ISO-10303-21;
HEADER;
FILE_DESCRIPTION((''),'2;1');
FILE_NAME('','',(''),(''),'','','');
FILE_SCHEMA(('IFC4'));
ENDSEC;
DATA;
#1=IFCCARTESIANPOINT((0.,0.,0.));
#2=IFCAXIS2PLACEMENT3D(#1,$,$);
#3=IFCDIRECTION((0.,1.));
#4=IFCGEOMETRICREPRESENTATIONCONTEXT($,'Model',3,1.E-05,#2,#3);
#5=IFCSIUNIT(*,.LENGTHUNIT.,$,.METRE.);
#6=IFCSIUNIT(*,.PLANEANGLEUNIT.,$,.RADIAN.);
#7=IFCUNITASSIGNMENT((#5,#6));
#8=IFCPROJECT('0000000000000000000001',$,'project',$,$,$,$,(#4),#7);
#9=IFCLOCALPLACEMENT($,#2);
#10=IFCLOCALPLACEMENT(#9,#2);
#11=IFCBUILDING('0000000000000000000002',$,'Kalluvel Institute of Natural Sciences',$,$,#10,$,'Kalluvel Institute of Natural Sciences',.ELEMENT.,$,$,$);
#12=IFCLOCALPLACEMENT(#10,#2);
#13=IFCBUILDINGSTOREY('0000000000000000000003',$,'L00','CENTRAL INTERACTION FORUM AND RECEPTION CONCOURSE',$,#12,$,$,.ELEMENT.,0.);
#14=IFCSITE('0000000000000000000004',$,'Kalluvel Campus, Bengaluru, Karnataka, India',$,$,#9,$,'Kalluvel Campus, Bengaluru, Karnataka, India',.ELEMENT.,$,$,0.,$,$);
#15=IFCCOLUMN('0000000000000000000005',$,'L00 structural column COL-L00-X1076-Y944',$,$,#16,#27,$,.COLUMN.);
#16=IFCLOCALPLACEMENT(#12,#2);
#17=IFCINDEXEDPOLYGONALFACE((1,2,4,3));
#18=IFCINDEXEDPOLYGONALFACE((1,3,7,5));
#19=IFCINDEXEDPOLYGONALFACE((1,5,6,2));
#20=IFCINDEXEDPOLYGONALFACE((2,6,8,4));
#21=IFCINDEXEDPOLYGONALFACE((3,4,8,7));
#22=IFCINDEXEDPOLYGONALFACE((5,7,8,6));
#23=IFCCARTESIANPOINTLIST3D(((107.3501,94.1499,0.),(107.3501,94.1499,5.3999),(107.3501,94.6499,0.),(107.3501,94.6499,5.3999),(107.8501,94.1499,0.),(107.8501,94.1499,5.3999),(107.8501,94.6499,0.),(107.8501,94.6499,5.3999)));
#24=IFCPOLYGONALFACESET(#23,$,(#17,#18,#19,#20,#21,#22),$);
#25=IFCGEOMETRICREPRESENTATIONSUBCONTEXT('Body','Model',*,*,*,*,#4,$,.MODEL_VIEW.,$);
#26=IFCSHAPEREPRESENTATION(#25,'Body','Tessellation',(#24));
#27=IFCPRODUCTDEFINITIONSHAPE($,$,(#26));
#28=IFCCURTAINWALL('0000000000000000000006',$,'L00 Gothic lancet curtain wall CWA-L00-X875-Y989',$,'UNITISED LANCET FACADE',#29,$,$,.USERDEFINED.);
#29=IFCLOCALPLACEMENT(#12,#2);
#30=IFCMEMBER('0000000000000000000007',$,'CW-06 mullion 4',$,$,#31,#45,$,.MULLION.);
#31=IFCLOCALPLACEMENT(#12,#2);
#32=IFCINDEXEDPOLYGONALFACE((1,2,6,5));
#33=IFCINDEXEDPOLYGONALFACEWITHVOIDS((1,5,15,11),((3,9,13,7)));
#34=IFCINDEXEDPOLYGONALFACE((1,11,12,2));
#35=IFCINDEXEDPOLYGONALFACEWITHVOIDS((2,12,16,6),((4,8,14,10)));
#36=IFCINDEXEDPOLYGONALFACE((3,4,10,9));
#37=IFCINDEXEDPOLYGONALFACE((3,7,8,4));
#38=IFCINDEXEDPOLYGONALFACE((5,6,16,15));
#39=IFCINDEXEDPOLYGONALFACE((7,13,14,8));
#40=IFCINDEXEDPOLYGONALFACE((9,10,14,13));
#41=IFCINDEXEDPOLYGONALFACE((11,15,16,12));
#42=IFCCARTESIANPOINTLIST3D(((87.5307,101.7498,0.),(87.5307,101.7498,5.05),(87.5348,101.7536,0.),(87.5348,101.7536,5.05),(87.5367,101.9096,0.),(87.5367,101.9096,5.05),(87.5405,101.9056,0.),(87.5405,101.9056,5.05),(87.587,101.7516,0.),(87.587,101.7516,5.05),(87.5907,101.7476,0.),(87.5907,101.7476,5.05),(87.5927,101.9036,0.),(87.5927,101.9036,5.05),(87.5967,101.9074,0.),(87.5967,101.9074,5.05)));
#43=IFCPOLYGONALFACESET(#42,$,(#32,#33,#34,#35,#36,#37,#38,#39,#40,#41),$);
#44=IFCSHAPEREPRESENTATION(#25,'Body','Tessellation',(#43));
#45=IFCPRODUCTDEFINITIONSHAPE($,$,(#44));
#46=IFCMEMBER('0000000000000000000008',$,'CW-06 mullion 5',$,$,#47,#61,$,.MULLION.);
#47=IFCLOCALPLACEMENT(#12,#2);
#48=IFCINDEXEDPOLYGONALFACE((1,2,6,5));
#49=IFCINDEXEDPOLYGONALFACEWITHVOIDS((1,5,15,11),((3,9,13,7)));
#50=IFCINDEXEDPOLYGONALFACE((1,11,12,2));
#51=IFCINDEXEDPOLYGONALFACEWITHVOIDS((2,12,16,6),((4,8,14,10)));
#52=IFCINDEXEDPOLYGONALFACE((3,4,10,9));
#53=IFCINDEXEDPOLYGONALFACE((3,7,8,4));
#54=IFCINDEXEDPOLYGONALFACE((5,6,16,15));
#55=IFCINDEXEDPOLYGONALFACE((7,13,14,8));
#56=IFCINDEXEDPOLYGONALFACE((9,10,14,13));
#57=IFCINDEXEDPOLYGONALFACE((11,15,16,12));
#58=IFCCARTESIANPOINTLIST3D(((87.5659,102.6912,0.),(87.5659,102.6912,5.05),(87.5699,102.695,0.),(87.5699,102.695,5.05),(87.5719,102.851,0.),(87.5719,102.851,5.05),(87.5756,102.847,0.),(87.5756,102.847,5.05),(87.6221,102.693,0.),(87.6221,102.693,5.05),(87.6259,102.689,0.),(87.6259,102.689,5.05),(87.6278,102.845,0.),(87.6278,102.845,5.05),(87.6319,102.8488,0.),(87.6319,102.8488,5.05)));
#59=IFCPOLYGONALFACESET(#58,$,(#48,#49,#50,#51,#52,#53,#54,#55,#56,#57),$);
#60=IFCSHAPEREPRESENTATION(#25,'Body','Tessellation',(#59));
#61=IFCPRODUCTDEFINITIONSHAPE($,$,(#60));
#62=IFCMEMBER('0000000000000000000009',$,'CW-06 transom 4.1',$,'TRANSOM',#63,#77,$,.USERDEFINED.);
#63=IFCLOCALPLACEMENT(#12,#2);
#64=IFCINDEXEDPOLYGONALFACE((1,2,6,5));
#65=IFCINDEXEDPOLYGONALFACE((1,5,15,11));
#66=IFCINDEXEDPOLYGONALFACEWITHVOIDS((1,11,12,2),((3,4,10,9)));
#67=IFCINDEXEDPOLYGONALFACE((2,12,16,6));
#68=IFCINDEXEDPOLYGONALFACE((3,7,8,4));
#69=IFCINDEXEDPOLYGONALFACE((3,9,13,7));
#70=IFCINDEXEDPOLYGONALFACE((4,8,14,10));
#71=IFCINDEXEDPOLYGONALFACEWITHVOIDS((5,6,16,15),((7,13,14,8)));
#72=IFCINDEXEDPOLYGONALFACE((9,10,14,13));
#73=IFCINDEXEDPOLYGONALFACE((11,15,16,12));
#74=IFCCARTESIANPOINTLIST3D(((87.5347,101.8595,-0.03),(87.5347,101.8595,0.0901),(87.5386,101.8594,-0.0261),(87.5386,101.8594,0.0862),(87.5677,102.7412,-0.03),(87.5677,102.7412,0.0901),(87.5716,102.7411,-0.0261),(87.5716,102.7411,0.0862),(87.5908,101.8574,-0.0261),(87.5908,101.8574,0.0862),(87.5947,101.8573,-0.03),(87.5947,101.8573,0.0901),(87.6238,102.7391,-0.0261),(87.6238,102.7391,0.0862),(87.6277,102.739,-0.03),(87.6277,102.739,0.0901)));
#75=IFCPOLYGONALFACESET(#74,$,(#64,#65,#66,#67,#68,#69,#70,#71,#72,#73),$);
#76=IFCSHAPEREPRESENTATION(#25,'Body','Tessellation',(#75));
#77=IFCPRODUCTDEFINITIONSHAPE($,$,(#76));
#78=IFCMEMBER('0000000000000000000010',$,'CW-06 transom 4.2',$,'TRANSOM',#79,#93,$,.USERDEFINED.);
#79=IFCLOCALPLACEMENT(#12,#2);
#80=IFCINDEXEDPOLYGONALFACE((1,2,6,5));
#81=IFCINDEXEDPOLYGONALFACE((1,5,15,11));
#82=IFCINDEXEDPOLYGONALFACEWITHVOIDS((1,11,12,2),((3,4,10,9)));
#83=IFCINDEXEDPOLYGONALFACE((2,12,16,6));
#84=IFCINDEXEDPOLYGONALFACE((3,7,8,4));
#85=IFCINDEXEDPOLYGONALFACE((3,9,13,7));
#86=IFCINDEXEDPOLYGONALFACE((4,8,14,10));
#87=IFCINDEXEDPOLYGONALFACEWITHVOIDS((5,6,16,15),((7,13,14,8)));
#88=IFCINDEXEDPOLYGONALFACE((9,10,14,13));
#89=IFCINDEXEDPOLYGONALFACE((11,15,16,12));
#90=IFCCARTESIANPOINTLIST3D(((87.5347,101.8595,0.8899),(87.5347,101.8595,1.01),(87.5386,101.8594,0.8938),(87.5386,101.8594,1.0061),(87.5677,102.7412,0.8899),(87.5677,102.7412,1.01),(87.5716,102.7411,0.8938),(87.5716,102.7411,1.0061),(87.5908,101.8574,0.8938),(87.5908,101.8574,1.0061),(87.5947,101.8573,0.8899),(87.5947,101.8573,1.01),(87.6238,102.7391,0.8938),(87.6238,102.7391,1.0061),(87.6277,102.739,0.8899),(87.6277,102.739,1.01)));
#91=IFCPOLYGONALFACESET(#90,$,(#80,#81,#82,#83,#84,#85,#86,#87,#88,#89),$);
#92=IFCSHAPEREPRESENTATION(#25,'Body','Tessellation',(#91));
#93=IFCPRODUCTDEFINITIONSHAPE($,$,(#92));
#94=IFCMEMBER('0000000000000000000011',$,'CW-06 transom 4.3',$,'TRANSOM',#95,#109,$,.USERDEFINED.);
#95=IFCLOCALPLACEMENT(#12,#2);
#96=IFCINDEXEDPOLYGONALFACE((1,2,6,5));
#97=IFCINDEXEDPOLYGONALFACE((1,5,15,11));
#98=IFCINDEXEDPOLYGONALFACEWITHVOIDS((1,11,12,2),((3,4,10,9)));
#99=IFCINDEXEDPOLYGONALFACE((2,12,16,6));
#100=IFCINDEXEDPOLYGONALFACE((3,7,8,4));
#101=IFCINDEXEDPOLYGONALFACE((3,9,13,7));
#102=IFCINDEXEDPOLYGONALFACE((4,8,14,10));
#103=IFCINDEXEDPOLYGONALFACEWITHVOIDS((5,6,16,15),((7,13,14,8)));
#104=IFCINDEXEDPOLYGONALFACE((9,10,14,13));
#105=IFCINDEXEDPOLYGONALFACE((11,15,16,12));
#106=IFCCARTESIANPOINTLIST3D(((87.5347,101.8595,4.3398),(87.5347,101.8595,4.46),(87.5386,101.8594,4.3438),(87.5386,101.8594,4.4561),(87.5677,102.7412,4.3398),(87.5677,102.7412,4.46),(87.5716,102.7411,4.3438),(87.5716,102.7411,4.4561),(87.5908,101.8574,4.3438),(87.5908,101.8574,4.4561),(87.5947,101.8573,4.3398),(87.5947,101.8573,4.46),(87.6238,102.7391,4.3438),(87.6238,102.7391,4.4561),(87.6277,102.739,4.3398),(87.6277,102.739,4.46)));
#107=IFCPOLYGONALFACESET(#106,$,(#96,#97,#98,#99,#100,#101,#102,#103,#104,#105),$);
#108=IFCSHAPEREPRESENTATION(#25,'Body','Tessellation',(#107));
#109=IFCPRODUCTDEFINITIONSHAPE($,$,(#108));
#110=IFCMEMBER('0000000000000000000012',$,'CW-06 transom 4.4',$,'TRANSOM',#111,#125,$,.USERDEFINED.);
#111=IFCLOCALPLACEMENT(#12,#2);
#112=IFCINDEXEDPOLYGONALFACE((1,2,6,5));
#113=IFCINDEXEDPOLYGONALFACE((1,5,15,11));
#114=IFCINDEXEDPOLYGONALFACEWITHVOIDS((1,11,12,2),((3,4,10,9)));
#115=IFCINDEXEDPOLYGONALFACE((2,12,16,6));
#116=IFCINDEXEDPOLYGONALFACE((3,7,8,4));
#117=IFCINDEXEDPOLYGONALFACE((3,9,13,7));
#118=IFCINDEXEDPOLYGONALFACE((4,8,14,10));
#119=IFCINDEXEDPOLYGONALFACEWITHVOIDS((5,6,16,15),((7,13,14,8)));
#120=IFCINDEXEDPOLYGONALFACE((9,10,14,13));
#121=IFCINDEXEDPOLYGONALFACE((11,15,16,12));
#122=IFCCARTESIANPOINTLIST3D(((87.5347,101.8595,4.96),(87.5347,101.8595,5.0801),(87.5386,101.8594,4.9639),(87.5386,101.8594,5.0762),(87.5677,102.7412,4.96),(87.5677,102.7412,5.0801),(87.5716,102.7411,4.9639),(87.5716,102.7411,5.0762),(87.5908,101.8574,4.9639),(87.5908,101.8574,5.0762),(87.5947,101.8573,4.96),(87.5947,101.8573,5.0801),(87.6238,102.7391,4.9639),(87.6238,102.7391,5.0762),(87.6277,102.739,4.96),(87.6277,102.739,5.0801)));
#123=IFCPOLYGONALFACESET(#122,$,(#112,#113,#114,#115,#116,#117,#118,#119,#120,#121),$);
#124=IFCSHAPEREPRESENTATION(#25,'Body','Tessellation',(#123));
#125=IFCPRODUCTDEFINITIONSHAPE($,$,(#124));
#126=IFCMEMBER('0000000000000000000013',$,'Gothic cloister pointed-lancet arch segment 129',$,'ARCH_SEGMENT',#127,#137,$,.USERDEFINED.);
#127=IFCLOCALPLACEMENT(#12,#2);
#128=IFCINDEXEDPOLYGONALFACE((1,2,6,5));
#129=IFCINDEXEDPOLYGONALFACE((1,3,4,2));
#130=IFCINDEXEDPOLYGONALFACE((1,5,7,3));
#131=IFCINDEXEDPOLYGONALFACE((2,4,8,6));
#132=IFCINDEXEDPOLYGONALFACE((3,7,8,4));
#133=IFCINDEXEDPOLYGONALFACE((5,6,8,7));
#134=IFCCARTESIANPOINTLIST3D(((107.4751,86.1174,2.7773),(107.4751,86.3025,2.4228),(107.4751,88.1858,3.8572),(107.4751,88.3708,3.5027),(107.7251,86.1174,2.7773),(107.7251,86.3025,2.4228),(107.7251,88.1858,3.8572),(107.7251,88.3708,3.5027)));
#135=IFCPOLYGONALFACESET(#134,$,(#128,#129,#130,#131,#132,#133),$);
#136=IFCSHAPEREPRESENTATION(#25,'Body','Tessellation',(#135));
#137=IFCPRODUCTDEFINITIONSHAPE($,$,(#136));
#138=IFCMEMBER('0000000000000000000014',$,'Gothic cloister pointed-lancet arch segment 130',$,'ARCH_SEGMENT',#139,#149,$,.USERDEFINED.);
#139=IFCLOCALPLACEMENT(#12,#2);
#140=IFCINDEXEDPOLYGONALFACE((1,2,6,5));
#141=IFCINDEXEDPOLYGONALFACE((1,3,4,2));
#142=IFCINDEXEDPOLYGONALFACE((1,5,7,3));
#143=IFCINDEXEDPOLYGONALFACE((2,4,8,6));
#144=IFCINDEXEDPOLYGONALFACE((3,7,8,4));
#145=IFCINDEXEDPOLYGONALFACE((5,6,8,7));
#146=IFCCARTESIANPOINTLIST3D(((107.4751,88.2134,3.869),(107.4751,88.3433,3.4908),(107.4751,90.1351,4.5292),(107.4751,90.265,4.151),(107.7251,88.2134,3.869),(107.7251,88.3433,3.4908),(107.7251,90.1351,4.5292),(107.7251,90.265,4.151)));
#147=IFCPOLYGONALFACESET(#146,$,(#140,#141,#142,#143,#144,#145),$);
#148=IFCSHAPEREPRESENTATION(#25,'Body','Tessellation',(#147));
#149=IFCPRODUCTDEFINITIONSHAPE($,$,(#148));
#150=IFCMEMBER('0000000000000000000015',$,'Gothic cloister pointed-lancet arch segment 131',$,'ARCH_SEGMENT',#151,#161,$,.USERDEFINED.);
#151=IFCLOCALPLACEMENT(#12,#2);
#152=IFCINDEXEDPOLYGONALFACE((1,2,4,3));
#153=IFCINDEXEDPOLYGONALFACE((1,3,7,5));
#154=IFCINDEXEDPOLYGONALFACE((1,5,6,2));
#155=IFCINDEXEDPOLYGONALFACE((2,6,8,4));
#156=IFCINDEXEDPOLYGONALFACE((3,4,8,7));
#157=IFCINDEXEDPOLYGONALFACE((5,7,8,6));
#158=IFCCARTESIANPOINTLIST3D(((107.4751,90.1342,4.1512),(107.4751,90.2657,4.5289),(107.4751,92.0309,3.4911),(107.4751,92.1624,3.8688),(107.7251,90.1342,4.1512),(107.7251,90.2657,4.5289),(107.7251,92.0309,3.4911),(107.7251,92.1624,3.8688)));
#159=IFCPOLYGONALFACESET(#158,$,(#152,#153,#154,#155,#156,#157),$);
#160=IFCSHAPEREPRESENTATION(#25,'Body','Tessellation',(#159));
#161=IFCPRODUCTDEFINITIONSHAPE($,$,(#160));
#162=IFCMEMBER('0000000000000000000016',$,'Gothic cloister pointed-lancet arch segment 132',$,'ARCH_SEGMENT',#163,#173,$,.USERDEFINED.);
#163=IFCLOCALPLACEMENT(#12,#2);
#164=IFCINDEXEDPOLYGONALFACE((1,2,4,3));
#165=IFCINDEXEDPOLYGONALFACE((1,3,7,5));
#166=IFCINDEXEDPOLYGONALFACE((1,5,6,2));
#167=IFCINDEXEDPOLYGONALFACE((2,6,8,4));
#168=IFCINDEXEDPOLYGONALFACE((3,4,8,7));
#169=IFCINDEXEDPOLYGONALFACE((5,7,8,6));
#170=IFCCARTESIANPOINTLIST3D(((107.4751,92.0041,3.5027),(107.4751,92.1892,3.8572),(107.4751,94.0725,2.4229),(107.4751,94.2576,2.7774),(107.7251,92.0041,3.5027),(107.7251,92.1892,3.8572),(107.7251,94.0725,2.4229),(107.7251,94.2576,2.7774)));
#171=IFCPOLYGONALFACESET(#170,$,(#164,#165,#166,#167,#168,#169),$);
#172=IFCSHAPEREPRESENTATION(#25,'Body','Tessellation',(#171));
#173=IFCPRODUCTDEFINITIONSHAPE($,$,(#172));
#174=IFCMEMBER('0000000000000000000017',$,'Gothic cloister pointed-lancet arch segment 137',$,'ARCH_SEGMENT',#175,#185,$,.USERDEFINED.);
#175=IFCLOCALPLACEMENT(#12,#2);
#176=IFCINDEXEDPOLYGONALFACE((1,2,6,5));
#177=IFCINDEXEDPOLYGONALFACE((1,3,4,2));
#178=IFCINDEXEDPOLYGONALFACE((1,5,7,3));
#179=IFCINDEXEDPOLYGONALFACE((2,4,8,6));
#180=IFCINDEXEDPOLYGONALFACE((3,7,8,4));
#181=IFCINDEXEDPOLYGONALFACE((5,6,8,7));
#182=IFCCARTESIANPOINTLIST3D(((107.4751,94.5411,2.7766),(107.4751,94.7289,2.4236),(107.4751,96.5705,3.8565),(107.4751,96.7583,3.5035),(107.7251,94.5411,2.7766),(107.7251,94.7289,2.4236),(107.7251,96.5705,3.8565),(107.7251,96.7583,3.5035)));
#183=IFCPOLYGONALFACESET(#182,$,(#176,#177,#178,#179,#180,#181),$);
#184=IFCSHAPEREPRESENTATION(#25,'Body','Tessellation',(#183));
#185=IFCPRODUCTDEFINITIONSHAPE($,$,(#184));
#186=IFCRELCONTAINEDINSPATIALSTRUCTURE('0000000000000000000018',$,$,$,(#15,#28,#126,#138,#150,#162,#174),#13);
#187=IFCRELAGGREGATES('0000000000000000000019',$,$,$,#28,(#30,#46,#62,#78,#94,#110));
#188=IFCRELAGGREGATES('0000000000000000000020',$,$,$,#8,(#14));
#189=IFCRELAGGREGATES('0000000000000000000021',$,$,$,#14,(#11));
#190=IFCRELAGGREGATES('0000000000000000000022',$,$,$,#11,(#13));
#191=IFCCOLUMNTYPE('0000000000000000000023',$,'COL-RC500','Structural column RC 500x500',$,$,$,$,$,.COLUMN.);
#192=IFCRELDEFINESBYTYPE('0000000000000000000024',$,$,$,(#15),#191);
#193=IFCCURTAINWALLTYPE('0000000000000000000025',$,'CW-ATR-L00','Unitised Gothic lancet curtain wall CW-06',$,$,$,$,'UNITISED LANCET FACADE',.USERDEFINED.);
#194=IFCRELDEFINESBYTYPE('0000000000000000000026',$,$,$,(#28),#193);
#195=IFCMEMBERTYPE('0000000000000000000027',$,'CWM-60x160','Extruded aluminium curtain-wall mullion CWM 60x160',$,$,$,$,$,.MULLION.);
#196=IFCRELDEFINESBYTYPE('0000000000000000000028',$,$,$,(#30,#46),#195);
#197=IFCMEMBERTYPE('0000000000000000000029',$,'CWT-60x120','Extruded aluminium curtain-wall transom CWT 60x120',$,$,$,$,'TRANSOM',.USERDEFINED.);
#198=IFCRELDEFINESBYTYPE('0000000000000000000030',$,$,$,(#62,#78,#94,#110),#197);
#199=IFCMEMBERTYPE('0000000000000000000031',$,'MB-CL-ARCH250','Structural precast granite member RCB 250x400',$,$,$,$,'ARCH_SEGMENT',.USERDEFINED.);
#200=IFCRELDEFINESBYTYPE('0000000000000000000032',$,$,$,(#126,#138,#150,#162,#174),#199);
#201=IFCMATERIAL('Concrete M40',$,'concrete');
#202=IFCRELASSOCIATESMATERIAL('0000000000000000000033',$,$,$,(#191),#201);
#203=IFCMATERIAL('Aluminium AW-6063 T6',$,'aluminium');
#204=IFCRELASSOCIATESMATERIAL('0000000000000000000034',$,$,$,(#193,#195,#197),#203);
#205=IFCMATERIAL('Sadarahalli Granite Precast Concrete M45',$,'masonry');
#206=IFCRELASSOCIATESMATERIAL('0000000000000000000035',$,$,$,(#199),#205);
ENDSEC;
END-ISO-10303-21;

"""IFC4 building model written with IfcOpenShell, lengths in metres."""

from ifc_helpers import new_model, si_unit, direction, frame, origin, origin_2d, place, context, subcontext, project, spatial, rectangle, hollow_rectangle, extrude, material, material_profile, profile_set, type_object, element, aggregate, save


model = new_model("IFC4")

# Units and contexts
model_context = context("Model", 3, precision=1e-05, world=origin(), true_north=direction((0.0, 1.0)))
body_context = subcontext(model_context, "Body", "Model", "MODEL_VIEW")
ifc_project = project(units=[si_unit("LENGTHUNIT", "METRE"), si_unit("PLANEANGLEUNIT", "RADIAN")], contexts=[model_context])

# Site, building, storey
site_placement = place(None, origin())
site = spatial("IfcSite", under=ifc_project, at=site_placement, Name="Kalluvel Campus, Bengaluru, Karnataka, India", LongName="Kalluvel Campus, Bengaluru, Karnataka, India", CompositionType="ELEMENT", RefElevation=0.0)
building_placement = place(site_placement, origin())
building = spatial("IfcBuilding", under=site, at=building_placement, Name="Kalluvel Institute of Natural Sciences", LongName="Kalluvel Institute of Natural Sciences", CompositionType="ELEMENT")
storey_placement = place(building_placement, origin())
storey = spatial("IfcBuildingStorey", under=building, at=storey_placement, Name="L00", Description="CENTRAL INTERACTION FORUM AND RECEPTION CONCOURSE", CompositionType="ELEMENT", Elevation=0.0)

# Column
ifc_material_1 = material(Name="Concrete M40", Category="concrete")
ifc_material_profile_1 = material_profile(ifc_material_1, rectangle(XDim=0.5, YDim=0.5, at=origin_2d()), Name="RC 500x500")
ifc_profile_set_1 = profile_set([ifc_material_profile_1], Name="Concrete M40")
column_type = type_object("IfcColumnType", Name="COL-RC500", Description="Structural column RC 500x500", PredefinedType="COLUMN", material=ifc_profile_set_1)
column_placement = place(storey_placement, frame((107.6001, 94.3999, 0.0), z_axis=(0.0, 0.0, 1.0), x_axis=(1.0, 0.0, 0.0)))
element("IfcColumn", 1, at=column_placement, inside=storey, type_object=column_type, Name="L00 structural column COL-L00-X1076-Y944", PredefinedType="COLUMN", context=body_context, shape_type="SweptSolid", body=[
    extrude(rectangle(XDim=0.5, YDim=0.5, at=origin_2d()), origin(), (0.0, 0.0, 1.0), 5.3999),
])

# Curtain wall, members
ifc_material_2 = material(Name="Aluminium AW-6063 T6", Category="aluminium")
curtain_wall_type = type_object("IfcCurtainWallType", Name="CW-ATR-L00", Description="Unitised Gothic lancet curtain wall CW-06", ElementType="UNITISED LANCET FACADE", PredefinedType="USERDEFINED", material=ifc_material_2)
curtain_wall_placement = place(storey_placement, origin())
curtain_wall = element("IfcCurtainWall", 2, at=curtain_wall_placement, inside=storey, type_object=curtain_wall_type, Name="L00 Gothic lancet curtain wall CWA-L00-X875-Y989", ObjectType="UNITISED LANCET FACADE", PredefinedType="USERDEFINED")
ifc_material_profile_2 = material_profile(ifc_material_2, hollow_rectangle(XDim=0.0601, YDim=0.1599, WallThickness=0.0039, at=origin_2d()), Name="CWM 60x160")
ifc_profile_set_2 = profile_set([ifc_material_profile_2], Name="Aluminium AW-6063 T6")
member_type_1 = type_object("IfcMemberType", Name="CWM-60x160", Description="Extruded aluminium curtain-wall mullion CWM 60x160", PredefinedType="MULLION", material=ifc_profile_set_2)
member_1_placement = place(storey_placement, frame((87.5637, 101.8286, 0.0), z_axis=(0.0, 0.0, 1.0), x_axis=(-0.999301, 0.03739, 0.0)))
member_1 = element("IfcMember", 3, at=member_1_placement, type_object=member_type_1, Name="CW-06 mullion 4", PredefinedType="MULLION", context=body_context, shape_type="SweptSolid", body=[
    extrude(hollow_rectangle(XDim=0.0601, YDim=0.1599, WallThickness=0.0039, at=origin_2d()), origin(), (0.0, 0.0, 1.0), 5.05),
])
member_2_placement = place(storey_placement, frame((87.5989, 102.77, 0.0), z_axis=(0.0, 0.0, 1.0), x_axis=(-0.999301, 0.03739, 0.0)))
member_2 = element("IfcMember", 4, at=member_2_placement, type_object=member_type_1, Name="CW-06 mullion 5", PredefinedType="MULLION", context=body_context, shape_type="SweptSolid", body=[
    extrude(hollow_rectangle(XDim=0.0601, YDim=0.1599, WallThickness=0.0039, at=origin_2d()), origin(), (0.0, 0.0, 1.0), 5.05),
])
ifc_material_profile_3 = material_profile(ifc_material_2, hollow_rectangle(XDim=0.0601, YDim=0.1201, WallThickness=0.0039, at=origin_2d()), Name="CWT 60x120")
ifc_profile_set_3 = profile_set([ifc_material_profile_3], Name="Aluminium AW-6063 T6")
member_type_2 = type_object("IfcMemberType", Name="CWT-60x120", Description="Extruded aluminium curtain-wall transom CWT 60x120", ElementType="TRANSOM", PredefinedType="USERDEFINED", material=ifc_profile_set_3)
member_3_placement = place(storey_placement, frame((87.5647, 101.8584, 0.03), z_axis=(0.03736, 0.999302, 0.0), x_axis=(-0.999302, 0.03736, 0.0)))
member_3 = element("IfcMember", 5, at=member_3_placement, type_object=member_type_2, Name="CW-06 transom 4.1", ObjectType="TRANSOM", PredefinedType="USERDEFINED", context=body_context, shape_type="SweptSolid", body=[
    extrude(hollow_rectangle(XDim=0.0601, YDim=0.1201, WallThickness=0.0039, at=origin_2d()), origin(), (0.0, 0.0, 1.0), 0.8823),
])
member_4_placement = place(storey_placement, frame((87.5647, 101.8584, 0.95), z_axis=(0.03736, 0.999302, 0.0), x_axis=(-0.999302, 0.03736, 0.0)))
member_4 = element("IfcMember", 6, at=member_4_placement, type_object=member_type_2, Name="CW-06 transom 4.2", ObjectType="TRANSOM", PredefinedType="USERDEFINED", context=body_context, shape_type="SweptSolid", body=[
    extrude(hollow_rectangle(XDim=0.0601, YDim=0.1201, WallThickness=0.0039, at=origin_2d()), origin(), (0.0, 0.0, 1.0), 0.8823),
])
member_5_placement = place(storey_placement, frame((87.5647, 101.8584, 4.3999), z_axis=(0.03736, 0.999302, 0.0), x_axis=(-0.999302, 0.03736, 0.0)))
member_5 = element("IfcMember", 7, at=member_5_placement, type_object=member_type_2, Name="CW-06 transom 4.3", ObjectType="TRANSOM", PredefinedType="USERDEFINED", context=body_context, shape_type="SweptSolid", body=[
    extrude(hollow_rectangle(XDim=0.0601, YDim=0.1201, WallThickness=0.0039, at=origin_2d()), origin(), (0.0, 0.0, 1.0), 0.8823),
])
member_6_placement = place(storey_placement, frame((87.5647, 101.8584, 5.02), z_axis=(0.03736, 0.999302, 0.0), x_axis=(-0.999302, 0.03736, 0.0)))
member_6 = element("IfcMember", 8, at=member_6_placement, type_object=member_type_2, Name="CW-06 transom 4.4", ObjectType="TRANSOM", PredefinedType="USERDEFINED", context=body_context, shape_type="SweptSolid", body=[
    extrude(hollow_rectangle(XDim=0.0601, YDim=0.1201, WallThickness=0.0039, at=origin_2d()), origin(), (0.0, 0.0, 1.0), 0.8823),
])

# Members
ifc_material_3 = material(Name="Sadarahalli Granite Precast Concrete M45", Category="masonry")
ifc_material_profile_4 = material_profile(ifc_material_3, rectangle(XDim=0.25, YDim=0.3999, at=origin_2d()), Name="RCB 250x400")
ifc_profile_set_4 = profile_set([ifc_material_profile_4], Name="Sadarahalli Granite Precast Concrete M45")
member_type_3 = type_object("IfcMemberType", Name="MB-CL-ARCH250", Description="Structural precast granite member RCB 250x400", ElementType="ARCH_SEGMENT", PredefinedType="USERDEFINED", material=ifc_profile_set_4)
member_7_placement = place(storey_placement, frame((107.6001, 86.21, 2.6001), z_axis=(0.0, 0.886464, 0.462798), x_axis=(-1.0, 0.0, 0.0)))
element("IfcMember", 9, at=member_7_placement, inside=storey, type_object=member_type_3, Name="Gothic cloister pointed-lancet arch segment 129", ObjectType="ARCH_SEGMENT", PredefinedType="USERDEFINED", context=body_context, shape_type="SweptSolid", body=[
    extrude(rectangle(XDim=0.25, YDim=0.3999, at=origin_2d()), origin(), (0.0, 0.0, 1.0), 2.3333),
])
member_8_placement = place(storey_placement, frame((107.6001, 88.2783, 3.6799), z_axis=(0.0, 0.945748, 0.324902), x_axis=(-1.0, 0.0, 0.0)))
element("IfcMember", 10, at=member_8_placement, inside=storey, type_object=member_type_3, Name="Gothic cloister pointed-lancet arch segment 130", ObjectType="ARCH_SEGMENT", PredefinedType="USERDEFINED", context=body_context, shape_type="SweptSolid", body=[
    extrude(rectangle(XDim=0.25, YDim=0.3999, at=origin_2d()), origin(), (0.0, 0.0, 1.0), 2.032),
])
member_9_placement = place(storey_placement, frame((107.6001, 90.2, 4.3401), z_axis=(0.0, 0.944431, -0.328709), x_axis=(-1.0, 0.0, 0.0)))
element("IfcMember", 11, at=member_9_placement, inside=storey, type_object=member_type_3, Name="Gothic cloister pointed-lancet arch segment 131", ObjectType="ARCH_SEGMENT", PredefinedType="USERDEFINED", context=body_context, shape_type="SweptSolid", body=[
    extrude(rectangle(XDim=0.25, YDim=0.3999, at=origin_2d()), origin(), (0.0, 0.0, 1.0), 2.0083),
])
member_10_placement = place(storey_placement, frame((107.6001, 92.0967, 3.6799), z_axis=(0.0, 0.886464, -0.462798), x_axis=(-1.0, 0.0, 0.0)))
element("IfcMember", 12, at=member_10_placement, inside=storey, type_object=member_type_3, Name="Gothic cloister pointed-lancet arch segment 132", ObjectType="ARCH_SEGMENT", PredefinedType="USERDEFINED", context=body_context, shape_type="SweptSolid", body=[
    extrude(rectangle(XDim=0.25, YDim=0.3999, at=origin_2d()), origin(), (0.0, 0.0, 1.0), 2.3333),
])
member_11_placement = place(storey_placement, frame((107.6001, 94.635, 2.6001), z_axis=(0.0, 0.882796, 0.469756), x_axis=(-1.0, 0.0, 0.0)))
element("IfcMember", 13, at=member_11_placement, inside=storey, type_object=member_type_3, Name="Gothic cloister pointed-lancet arch segment 137", ObjectType="ARCH_SEGMENT", PredefinedType="USERDEFINED", context=body_context, shape_type="SweptSolid", body=[
    extrude(rectangle(XDim=0.25, YDim=0.3999, at=origin_2d()), origin(), (0.0, 0.0, 1.0), 2.2988),
])

aggregate(curtain_wall, [member_1, member_2, member_3, member_4, member_5, member_6])

save(model, "model.ifc")
